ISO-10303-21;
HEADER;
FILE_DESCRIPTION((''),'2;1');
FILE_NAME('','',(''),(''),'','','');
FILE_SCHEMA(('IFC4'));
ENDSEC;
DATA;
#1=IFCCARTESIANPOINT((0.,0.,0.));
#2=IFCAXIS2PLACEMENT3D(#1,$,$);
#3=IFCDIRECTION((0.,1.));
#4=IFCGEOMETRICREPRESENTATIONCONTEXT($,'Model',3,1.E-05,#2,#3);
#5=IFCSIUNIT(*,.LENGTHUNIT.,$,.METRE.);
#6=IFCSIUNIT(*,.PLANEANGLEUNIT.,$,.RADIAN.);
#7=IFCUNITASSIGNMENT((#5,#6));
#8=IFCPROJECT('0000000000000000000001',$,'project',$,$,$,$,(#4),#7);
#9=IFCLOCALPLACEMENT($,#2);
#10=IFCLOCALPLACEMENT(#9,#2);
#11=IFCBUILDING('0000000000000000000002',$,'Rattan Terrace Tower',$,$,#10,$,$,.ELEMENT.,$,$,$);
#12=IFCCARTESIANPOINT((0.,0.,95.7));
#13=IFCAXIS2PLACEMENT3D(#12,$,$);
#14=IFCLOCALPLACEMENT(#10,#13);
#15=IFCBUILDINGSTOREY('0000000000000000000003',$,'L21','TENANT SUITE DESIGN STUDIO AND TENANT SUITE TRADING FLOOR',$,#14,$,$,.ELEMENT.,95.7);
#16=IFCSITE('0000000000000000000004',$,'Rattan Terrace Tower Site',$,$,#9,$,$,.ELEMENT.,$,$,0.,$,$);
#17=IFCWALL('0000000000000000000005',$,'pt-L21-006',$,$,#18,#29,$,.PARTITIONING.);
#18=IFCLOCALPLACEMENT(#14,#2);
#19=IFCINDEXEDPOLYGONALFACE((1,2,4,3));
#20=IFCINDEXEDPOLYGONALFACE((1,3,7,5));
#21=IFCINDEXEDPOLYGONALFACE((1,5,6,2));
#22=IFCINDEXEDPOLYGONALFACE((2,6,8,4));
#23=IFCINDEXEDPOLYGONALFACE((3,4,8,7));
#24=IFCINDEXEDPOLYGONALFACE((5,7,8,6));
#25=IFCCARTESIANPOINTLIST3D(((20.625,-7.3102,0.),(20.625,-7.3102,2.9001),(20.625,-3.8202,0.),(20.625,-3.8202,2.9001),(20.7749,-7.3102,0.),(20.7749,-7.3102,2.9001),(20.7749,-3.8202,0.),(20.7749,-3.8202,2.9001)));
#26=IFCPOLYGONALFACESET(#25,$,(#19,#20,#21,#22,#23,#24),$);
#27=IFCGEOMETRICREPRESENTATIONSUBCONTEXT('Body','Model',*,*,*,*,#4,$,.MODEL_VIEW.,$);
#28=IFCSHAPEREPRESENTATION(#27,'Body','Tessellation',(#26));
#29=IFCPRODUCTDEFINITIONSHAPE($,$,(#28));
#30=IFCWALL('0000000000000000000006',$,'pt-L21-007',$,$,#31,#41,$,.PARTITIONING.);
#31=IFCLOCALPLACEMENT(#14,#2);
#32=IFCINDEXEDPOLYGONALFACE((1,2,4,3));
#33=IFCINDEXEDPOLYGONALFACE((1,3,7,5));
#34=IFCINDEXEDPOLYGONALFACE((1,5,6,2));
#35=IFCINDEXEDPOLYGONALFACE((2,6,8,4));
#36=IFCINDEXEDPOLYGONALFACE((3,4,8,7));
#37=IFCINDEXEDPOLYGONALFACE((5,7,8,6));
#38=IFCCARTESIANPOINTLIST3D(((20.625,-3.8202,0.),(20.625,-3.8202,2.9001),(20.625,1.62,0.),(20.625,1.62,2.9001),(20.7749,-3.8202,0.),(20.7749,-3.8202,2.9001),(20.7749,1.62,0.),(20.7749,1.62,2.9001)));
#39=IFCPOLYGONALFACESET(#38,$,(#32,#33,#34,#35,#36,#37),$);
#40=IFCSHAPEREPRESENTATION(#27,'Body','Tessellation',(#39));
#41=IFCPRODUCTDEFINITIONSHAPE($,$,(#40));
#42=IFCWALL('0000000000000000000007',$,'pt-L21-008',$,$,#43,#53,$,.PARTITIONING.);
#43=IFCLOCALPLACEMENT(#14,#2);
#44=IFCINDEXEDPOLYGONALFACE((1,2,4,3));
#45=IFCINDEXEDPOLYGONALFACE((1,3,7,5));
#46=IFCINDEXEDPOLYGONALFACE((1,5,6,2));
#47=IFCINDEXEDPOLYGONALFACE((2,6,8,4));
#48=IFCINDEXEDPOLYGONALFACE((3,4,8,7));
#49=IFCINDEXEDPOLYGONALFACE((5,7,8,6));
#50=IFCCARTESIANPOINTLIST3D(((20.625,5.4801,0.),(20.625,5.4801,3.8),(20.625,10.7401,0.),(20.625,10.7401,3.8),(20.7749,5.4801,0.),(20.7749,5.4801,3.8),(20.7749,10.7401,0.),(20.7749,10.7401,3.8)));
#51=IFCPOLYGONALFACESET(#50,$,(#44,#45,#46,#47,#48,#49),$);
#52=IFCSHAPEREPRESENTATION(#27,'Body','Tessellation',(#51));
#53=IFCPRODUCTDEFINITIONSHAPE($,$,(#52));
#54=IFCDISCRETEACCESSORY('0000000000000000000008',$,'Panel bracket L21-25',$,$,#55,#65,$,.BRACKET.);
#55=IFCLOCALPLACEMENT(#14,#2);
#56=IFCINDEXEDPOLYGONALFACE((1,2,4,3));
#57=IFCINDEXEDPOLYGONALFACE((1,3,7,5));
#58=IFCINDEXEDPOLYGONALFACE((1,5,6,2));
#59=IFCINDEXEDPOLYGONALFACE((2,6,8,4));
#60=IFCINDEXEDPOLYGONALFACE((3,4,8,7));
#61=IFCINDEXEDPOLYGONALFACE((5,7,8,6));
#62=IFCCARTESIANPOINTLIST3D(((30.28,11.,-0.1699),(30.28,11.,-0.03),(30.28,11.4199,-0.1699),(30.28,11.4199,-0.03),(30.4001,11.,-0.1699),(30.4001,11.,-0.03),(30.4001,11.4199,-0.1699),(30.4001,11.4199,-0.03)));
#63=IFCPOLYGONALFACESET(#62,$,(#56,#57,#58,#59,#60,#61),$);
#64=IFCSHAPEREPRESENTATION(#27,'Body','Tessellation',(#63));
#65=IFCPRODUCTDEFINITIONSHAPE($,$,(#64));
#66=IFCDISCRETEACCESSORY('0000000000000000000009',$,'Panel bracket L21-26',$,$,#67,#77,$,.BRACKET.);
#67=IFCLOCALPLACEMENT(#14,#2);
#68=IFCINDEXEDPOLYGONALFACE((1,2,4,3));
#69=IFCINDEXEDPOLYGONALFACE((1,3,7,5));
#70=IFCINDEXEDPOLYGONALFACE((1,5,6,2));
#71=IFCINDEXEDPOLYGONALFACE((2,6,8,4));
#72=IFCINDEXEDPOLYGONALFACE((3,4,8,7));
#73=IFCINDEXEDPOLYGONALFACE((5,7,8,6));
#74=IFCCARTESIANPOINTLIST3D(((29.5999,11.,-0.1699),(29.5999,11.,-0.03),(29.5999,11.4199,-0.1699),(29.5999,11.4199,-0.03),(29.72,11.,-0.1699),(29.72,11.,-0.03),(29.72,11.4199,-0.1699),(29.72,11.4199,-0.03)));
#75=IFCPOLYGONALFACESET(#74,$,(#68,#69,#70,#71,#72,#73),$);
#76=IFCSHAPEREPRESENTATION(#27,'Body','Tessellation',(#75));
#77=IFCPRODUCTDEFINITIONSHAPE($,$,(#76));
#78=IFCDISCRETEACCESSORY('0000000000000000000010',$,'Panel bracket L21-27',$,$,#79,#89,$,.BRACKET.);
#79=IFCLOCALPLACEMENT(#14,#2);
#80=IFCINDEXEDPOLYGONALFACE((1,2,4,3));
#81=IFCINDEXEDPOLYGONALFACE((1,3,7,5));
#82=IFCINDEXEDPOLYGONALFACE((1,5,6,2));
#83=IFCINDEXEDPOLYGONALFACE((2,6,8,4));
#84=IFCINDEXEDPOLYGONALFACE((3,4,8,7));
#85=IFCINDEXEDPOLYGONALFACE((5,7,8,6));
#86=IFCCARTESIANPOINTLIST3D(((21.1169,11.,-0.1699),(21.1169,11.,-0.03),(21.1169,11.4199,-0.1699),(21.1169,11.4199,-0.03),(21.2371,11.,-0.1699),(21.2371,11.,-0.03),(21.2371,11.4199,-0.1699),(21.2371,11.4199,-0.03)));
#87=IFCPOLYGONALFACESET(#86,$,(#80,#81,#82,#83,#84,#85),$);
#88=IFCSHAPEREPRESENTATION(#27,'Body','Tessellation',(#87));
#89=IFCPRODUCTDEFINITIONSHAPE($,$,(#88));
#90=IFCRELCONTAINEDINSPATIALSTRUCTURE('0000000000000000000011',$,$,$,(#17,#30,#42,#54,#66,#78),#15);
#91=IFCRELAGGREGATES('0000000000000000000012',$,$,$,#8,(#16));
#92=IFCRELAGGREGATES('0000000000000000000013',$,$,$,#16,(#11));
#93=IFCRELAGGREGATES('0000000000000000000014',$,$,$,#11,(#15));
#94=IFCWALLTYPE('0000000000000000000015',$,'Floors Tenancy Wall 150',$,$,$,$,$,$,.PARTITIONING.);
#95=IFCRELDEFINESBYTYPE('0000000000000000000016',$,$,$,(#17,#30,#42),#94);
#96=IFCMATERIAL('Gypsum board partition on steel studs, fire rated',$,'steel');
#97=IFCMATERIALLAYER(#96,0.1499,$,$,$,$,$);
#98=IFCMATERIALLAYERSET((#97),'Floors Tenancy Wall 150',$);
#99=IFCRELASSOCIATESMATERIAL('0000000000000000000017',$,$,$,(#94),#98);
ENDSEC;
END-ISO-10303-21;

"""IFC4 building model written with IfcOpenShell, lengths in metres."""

from ifc_helpers import new_model, si_unit, direction, frame, frame_2d, origin, origin_2d, place, context, subcontext, project, spatial, rectangle, extrude, material, layer, layer_set, type_object, element, save


model = new_model("IFC4")

# Units and contexts
model_context = context("Model", 3, precision=1e-05, world=origin(), true_north=direction((0.0, 1.0)))
body_context = subcontext(model_context, "Body", "Model", "MODEL_VIEW")
ifc_project = project(units=[si_unit("LENGTHUNIT", "METRE"), si_unit("PLANEANGLEUNIT", "RADIAN")], contexts=[model_context])

# Site, building, storey
site_placement = place(None, origin())
site = spatial("IfcSite", under=ifc_project, at=site_placement, Name="Rattan Terrace Tower Site", CompositionType="ELEMENT", RefElevation=0.0)
building_placement = place(site_placement, origin())
building = spatial("IfcBuilding", under=site, at=building_placement, Name="Rattan Terrace Tower", CompositionType="ELEMENT")
storey_placement = place(building_placement, frame((0.0, 0.0, 95.7)))
storey = spatial("IfcBuildingStorey", under=building, at=storey_placement, Name="L21", Description="TENANT SUITE DESIGN STUDIO AND TENANT SUITE TRADING FLOOR", CompositionType="ELEMENT", Elevation=95.7)

# Shared definitions
ifc_material_1 = material(Name="Gypsum board partition on steel studs, fire rated", Category="steel")
ifc_layer_1 = layer(ifc_material_1, 0.1499)
ifc_layer_set_1 = layer_set([ifc_layer_1], Name="Floors Tenancy Wall 150")
wall_type_1 = type_object("IfcWallType", Name="Floors Tenancy Wall 150", PredefinedType="PARTITIONING", material=ifc_layer_set_1)

# Walls
wall_1_placement = place(storey_placement, frame((20.7, -3.8201, 0.0), z_axis=(0.0, 0.0, 1.0), x_axis=(0.0, -1.0, 0.0)))
element("IfcWall", 1, at=wall_1_placement, inside=storey, type_object=wall_type_1, Name="pt-L21-006", PredefinedType="PARTITIONING", context=body_context, shape_type="SweptSolid", body=[
    extrude(rectangle(XDim=3.49, YDim=0.1499, at=frame_2d((1.7451, 0.0))), origin(), (0.0, 0.0, 1.0), 2.9001),
])
wall_2_placement = place(storey_placement, frame((20.7, 1.6201, 0.0), z_axis=(0.0, 0.0, 1.0), x_axis=(0.0, -1.0, 0.0)))
element("IfcWall", 2, at=wall_2_placement, inside=storey, type_object=wall_type_1, Name="pt-L21-007", PredefinedType="PARTITIONING", context=body_context, shape_type="SweptSolid", body=[
    extrude(rectangle(XDim=5.4402, YDim=0.1499, at=frame_2d((2.7202, 0.0))), origin(), (0.0, 0.0, 1.0), 2.9001),
])
wall_3_placement = place(storey_placement, frame((20.7, 10.74, 0.0), z_axis=(0.0, 0.0, 1.0), x_axis=(0.0, -1.0, 0.0)))
element("IfcWall", 3, at=wall_3_placement, inside=storey, type_object=wall_type_1, Name="pt-L21-008", PredefinedType="PARTITIONING", context=body_context, shape_type="SweptSolid", body=[
    extrude(rectangle(XDim=5.26, YDim=0.1499, at=frame_2d((2.6299, 0.0))), origin(), (0.0, 0.0, 1.0), 3.8),
])

# Discrete accessories
for number, where, z_axis, x_axis, name in (
    (4, (30.3401, 11.21, -0.1699), (0.0, 0.0, 1.0), (-1.0, 0.0, 0.0), "Panel bracket L21-25"),
    (5, (29.6599, 11.21, -0.1699), (0.0, 0.0, 1.0), (-1.0, 0.0, 0.0), "Panel bracket L21-26"),
    (6, (21.177, 11.21, -0.1699), (0.0, 0.0, 1.0), (-1.0, 0.0, 0.0), "Panel bracket L21-27"),
):
    element("IfcDiscreteAccessory", number, at=place(storey_placement, frame(where, z_axis=z_axis, x_axis=x_axis)), inside=storey, Name=name, PredefinedType="BRACKET", context=body_context, shape_type="SweptSolid", body=[
        extrude(rectangle(XDim=0.1201, YDim=0.4199, at=origin_2d()), origin(), (0.0, 0.0, 1.0), 0.1399),
    ])

save(model, "model.ifc")
